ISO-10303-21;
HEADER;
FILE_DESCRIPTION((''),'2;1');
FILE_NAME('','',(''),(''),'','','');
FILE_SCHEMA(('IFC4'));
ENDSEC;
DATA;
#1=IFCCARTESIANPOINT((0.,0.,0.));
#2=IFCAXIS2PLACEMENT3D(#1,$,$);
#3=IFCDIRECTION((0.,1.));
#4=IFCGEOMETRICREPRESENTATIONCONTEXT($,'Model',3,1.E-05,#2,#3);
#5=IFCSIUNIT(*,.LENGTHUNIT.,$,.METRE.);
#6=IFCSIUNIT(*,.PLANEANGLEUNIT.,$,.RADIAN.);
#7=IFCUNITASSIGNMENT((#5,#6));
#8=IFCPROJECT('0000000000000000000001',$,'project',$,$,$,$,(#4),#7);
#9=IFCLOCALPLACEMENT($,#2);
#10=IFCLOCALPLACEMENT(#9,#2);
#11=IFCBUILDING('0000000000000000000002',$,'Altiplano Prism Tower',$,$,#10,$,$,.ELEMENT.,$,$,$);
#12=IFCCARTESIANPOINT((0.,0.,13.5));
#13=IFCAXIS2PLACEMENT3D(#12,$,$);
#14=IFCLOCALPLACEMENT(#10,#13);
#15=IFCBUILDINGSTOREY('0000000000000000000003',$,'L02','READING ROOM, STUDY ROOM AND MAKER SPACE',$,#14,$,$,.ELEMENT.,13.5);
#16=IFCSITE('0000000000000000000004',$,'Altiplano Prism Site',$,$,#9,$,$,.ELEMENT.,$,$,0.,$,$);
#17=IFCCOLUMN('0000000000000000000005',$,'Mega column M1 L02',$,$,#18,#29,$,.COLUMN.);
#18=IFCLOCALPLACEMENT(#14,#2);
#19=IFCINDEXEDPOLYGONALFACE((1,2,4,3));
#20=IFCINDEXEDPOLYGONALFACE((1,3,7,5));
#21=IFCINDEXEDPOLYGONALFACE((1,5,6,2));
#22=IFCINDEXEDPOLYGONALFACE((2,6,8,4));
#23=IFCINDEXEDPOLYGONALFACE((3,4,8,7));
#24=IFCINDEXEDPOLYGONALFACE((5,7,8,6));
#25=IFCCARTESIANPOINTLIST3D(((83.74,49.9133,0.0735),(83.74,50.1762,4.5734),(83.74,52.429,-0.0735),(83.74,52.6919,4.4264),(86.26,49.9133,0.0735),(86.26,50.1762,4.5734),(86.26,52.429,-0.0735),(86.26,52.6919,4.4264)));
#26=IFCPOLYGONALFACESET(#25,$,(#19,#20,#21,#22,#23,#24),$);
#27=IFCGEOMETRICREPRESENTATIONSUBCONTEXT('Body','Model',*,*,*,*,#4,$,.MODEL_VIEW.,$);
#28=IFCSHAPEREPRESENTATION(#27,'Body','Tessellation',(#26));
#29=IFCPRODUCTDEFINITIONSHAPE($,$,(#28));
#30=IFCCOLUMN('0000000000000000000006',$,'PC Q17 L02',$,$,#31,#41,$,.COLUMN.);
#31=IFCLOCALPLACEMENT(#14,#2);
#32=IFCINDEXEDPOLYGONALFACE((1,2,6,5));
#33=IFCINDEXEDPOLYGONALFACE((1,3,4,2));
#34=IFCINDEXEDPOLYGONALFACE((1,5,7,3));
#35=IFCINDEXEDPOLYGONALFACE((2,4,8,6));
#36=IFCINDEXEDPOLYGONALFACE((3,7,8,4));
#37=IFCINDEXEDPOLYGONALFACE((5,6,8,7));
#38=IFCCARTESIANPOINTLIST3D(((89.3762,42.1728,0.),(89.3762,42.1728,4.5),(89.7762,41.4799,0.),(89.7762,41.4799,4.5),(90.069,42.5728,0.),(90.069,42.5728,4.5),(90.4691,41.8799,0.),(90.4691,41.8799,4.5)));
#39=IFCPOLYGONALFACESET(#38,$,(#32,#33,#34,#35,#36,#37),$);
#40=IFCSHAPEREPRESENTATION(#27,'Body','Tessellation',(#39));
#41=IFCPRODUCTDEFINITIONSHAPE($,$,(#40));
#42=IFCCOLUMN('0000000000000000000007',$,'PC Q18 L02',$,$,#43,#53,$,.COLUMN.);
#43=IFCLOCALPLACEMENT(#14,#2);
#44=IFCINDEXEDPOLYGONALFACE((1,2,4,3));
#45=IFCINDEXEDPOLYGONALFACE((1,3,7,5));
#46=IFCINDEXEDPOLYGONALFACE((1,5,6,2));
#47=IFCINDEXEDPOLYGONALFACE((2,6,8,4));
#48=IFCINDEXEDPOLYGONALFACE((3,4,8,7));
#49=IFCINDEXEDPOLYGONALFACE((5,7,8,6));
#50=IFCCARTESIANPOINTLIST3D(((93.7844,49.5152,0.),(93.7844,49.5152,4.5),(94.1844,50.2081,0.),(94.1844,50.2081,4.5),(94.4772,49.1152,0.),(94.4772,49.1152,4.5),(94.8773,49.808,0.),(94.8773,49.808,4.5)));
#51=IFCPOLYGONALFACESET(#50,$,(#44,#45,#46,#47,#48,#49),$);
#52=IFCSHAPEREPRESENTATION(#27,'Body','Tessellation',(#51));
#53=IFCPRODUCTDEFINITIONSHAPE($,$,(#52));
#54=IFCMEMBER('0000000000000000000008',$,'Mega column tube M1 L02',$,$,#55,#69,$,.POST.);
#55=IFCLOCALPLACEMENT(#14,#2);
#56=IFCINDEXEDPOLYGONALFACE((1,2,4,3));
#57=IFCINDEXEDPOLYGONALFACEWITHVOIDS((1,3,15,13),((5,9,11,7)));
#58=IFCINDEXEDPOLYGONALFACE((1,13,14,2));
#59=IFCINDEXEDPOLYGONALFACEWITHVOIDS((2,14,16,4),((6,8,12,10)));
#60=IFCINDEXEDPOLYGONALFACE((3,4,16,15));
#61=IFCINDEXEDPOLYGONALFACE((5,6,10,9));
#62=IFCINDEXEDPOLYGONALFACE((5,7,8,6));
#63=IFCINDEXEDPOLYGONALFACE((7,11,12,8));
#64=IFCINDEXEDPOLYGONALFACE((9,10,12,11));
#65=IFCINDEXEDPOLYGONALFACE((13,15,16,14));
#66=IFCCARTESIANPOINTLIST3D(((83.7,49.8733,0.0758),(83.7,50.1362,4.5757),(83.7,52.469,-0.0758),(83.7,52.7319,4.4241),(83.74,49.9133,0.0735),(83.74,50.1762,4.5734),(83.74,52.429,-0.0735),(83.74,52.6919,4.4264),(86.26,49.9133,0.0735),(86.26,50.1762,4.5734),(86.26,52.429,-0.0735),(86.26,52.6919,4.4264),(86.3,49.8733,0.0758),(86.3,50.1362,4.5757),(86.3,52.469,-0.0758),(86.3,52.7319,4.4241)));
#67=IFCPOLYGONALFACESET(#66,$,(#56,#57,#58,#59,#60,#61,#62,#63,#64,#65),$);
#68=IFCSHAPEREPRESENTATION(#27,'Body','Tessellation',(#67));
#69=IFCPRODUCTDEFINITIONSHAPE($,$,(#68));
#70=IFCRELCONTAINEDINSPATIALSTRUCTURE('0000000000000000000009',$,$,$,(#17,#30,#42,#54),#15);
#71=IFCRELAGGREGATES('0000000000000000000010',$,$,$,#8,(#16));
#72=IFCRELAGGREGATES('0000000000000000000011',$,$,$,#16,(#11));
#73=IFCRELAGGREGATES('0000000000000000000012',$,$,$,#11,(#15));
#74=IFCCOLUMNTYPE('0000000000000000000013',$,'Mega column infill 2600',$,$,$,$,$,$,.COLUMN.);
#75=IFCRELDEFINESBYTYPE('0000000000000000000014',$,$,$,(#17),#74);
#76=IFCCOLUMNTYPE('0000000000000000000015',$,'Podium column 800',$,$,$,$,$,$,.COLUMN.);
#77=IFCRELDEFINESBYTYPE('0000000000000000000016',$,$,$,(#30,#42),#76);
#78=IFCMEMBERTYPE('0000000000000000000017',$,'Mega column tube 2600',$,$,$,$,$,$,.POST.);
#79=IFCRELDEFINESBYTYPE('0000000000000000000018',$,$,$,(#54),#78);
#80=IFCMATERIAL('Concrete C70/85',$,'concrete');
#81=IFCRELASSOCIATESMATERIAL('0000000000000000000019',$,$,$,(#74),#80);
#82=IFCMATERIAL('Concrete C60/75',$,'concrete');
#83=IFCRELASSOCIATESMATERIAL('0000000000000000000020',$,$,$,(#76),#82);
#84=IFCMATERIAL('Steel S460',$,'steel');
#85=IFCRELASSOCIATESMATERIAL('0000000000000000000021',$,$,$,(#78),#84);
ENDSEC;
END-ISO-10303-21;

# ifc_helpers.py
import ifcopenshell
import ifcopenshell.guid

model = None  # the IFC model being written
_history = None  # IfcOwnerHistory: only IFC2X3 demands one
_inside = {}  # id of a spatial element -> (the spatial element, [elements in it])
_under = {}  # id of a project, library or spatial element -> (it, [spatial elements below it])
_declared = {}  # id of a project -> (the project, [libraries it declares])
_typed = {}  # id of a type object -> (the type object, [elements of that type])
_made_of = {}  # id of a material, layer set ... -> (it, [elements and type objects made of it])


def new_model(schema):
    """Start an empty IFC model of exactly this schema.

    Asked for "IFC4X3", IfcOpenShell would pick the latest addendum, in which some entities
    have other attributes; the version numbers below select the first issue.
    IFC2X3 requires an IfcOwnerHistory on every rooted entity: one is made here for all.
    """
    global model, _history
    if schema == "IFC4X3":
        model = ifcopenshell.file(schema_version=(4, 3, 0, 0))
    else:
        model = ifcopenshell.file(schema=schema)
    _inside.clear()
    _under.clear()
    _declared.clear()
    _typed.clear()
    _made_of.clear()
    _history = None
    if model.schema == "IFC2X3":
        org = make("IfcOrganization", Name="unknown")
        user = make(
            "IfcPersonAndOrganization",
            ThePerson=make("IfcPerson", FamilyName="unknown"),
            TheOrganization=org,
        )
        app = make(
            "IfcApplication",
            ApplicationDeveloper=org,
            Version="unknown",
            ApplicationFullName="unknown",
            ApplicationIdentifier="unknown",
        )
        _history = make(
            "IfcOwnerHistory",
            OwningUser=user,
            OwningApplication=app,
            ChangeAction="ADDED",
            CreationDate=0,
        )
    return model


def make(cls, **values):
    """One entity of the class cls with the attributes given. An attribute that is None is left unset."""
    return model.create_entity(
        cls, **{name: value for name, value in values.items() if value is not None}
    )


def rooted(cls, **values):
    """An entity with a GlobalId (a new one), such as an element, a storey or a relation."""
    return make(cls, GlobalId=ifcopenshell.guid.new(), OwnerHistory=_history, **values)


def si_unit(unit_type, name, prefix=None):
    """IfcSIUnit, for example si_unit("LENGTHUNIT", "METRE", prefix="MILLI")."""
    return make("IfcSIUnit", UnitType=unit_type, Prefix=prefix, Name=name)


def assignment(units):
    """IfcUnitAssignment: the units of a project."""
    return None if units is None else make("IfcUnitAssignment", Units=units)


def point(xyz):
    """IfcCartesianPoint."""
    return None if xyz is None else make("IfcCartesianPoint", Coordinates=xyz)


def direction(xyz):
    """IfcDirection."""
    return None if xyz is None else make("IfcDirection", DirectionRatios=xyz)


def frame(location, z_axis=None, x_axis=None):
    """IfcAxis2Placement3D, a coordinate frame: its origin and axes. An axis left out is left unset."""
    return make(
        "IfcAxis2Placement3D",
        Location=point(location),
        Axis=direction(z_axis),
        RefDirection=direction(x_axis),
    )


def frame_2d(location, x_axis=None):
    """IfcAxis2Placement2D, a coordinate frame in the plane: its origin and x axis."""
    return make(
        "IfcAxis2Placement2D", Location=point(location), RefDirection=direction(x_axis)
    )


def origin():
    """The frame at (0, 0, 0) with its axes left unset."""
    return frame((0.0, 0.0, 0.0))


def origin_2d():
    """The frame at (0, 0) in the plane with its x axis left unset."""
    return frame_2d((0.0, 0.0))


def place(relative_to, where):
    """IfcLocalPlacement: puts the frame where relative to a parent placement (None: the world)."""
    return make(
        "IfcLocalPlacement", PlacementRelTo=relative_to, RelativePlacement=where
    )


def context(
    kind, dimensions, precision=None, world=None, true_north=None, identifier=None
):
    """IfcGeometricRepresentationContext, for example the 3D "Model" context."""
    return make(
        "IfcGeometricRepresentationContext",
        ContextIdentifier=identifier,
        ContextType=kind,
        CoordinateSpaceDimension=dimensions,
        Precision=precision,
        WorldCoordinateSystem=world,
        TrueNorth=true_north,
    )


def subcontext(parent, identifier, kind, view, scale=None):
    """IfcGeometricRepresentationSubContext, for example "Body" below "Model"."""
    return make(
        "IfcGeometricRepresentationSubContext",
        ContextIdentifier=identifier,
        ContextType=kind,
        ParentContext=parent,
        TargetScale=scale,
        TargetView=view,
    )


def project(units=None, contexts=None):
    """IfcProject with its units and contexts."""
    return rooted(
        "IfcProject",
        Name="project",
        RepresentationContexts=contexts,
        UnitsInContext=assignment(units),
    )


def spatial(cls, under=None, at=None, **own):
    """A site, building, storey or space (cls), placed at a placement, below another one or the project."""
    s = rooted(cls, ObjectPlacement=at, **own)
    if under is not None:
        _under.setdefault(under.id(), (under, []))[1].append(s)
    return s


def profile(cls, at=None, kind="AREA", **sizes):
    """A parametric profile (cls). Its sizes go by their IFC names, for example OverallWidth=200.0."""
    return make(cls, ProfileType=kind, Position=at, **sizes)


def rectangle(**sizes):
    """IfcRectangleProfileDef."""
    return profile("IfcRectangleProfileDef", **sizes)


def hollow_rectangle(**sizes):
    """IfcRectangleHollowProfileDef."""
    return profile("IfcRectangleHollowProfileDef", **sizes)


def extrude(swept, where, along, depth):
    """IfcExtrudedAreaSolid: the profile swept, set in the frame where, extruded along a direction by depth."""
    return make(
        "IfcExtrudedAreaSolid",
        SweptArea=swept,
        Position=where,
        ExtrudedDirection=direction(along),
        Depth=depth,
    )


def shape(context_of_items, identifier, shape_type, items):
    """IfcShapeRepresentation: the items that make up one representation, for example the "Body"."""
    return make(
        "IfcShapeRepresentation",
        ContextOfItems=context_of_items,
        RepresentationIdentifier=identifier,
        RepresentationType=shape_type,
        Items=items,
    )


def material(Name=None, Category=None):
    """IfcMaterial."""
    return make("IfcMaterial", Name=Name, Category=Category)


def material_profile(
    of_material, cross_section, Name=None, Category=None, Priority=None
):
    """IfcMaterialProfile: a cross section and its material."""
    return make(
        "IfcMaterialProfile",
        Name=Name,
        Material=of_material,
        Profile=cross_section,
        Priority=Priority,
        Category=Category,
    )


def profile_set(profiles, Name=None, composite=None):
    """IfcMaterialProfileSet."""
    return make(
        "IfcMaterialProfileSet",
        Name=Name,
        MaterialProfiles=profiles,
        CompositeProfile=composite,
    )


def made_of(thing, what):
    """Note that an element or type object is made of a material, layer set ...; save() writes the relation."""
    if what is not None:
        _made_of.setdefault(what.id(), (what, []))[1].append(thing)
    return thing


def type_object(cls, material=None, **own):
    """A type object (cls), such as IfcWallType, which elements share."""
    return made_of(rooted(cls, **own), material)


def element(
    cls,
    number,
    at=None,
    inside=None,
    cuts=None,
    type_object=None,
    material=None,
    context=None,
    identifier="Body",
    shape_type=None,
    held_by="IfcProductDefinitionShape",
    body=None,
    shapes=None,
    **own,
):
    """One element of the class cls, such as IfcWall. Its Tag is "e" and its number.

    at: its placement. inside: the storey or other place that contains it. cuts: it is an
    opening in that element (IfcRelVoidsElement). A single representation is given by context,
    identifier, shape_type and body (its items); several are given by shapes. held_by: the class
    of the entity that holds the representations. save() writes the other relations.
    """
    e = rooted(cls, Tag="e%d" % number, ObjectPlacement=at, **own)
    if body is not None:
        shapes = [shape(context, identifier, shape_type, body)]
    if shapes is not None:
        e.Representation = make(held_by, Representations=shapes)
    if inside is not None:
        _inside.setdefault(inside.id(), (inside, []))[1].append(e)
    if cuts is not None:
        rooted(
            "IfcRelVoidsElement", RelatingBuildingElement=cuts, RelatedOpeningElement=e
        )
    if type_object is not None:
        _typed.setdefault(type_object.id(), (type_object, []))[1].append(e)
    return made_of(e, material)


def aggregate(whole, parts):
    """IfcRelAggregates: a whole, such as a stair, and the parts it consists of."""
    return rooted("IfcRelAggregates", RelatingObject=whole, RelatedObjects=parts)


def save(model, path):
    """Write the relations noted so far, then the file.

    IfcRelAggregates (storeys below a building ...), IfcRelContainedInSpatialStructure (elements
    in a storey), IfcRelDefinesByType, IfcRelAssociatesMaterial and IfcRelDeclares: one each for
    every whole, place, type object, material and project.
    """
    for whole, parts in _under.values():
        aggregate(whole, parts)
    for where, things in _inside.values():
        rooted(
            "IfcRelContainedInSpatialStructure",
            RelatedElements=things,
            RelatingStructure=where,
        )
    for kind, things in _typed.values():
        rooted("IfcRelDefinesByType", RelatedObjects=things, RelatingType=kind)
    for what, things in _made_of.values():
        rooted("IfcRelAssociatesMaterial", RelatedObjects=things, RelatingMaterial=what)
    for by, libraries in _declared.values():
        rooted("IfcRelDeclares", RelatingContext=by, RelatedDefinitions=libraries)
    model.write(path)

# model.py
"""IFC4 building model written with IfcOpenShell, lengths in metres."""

from ifc_helpers import new_model, si_unit, direction, frame, origin, origin_2d, place, context, subcontext, project, spatial, rectangle, hollow_rectangle, extrude, material, material_profile, profile_set, type_object, element, save


model = new_model("IFC4")

# Units and contexts
model_context = context("Model", 3, precision=1e-05, world=origin(), true_north=direction((0.0, 1.0)))
body_context = subcontext(model_context, "Body", "Model", "MODEL_VIEW")
ifc_project = project(units=[si_unit("LENGTHUNIT", "METRE"), si_unit("PLANEANGLEUNIT", "RADIAN")], contexts=[model_context])

# Site, building, storey
site_placement = place(None, origin())
site = spatial("IfcSite", under=ifc_project, at=site_placement, Name="Altiplano Prism Site", CompositionType="ELEMENT", RefElevation=0.0)
building_placement = place(site_placement, origin())
building = spatial("IfcBuilding", under=site, at=building_placement, Name="Altiplano Prism Tower", CompositionType="ELEMENT")
storey_placement = place(building_placement, frame((0.0, 0.0, 13.5)))
storey = spatial("IfcBuildingStorey", under=building, at=storey_placement, Name="L02", Description="READING ROOM, STUDY ROOM AND MAKER SPACE", CompositionType="ELEMENT", Elevation=13.5)

# Columns
ifc_material_1 = material(Name="Concrete C70/85", Category="concrete")
ifc_material_profile_1 = material_profile(ifc_material_1, rectangle(XDim=2.52, YDim=2.52, at=origin_2d()), Name="Mega column infill 2600")
ifc_profile_set_1 = profile_set([ifc_material_profile_1], Name="Concrete C70/85")
column_type_1 = type_object("IfcColumnType", Name="Mega column infill 2600", PredefinedType="COLUMN", material=ifc_profile_set_1)
column_placement = place(storey_placement, frame((85.0, 51.1711, 0.0), z_axis=(0.0, 0.058331, 0.998297), x_axis=(-1.0, 0.0, 0.0)))
element("IfcColumn", 1, at=column_placement, inside=storey, type_object=column_type_1, Name="Mega column M1 L02", PredefinedType="COLUMN", context=body_context, shape_type="SweptSolid", body=[
    extrude(rectangle(XDim=2.52, YDim=2.52, at=origin_2d()), origin(), (0.0, 0.0, 1.0), 4.5076),
])
ifc_material_2 = material(Name="Concrete C60/75", Category="concrete")
ifc_material_profile_2 = material_profile(ifc_material_2, rectangle(XDim=0.8, YDim=0.8, at=origin_2d()), Name="Podium column 800")
ifc_profile_set_2 = profile_set([ifc_material_profile_2], Name="Concrete C60/75")
column_type_2 = type_object("IfcColumnType", Name="Podium column 800", PredefinedType="COLUMN", material=ifc_profile_set_2)
for number, where, z_axis, x_axis, name in (
    (2, (89.9226, 42.0264, 0.0), (0.0, 0.0, 1.0), (0.866025, 0.5, 0.0), "PC Q17 L02"),
    (3, (94.3308, 49.6616, 0.0), (0.0, 0.0, 1.0), (0.5, 0.866025, 0.0), "PC Q18 L02"),
):
    element("IfcColumn", number, at=place(storey_placement, frame(where, z_axis=z_axis, x_axis=x_axis)), inside=storey, type_object=column_type_2, Name=name, PredefinedType="COLUMN", context=body_context, shape_type="SweptSolid", body=[
        extrude(rectangle(XDim=0.8, YDim=0.8, at=origin_2d()), origin(), (0.0, 0.0, 1.0), 4.5),
    ])

# Member
ifc_material_3 = material(Name="Steel S460", Category="steel")
ifc_material_profile_3 = material_profile(ifc_material_3, hollow_rectangle(XDim=2.6001, YDim=2.6001, WallThickness=0.04, at=origin_2d()), Name="Mega column tube 2600")
ifc_profile_set_3 = profile_set([ifc_material_profile_3], Name="Steel S460")
member_type = type_object("IfcMemberType", Name="Mega column tube 2600", PredefinedType="POST", material=ifc_profile_set_3)
member_placement = place(storey_placement, frame((85.0, 51.1711, 0.0), z_axis=(0.0, 0.058331, 0.998297), x_axis=(-1.0, 0.0, 0.0)))
element("IfcMember", 4, at=member_placement, inside=storey, type_object=member_type, Name="Mega column tube M1 L02", PredefinedType="POST", context=body_context, shape_type="SweptSolid", body=[
    extrude(hollow_rectangle(XDim=2.6001, YDim=2.6001, WallThickness=0.04, at=origin_2d()), origin(), (0.0, 0.0, 1.0), 4.5076),
])

save(model, "model.ifc")
